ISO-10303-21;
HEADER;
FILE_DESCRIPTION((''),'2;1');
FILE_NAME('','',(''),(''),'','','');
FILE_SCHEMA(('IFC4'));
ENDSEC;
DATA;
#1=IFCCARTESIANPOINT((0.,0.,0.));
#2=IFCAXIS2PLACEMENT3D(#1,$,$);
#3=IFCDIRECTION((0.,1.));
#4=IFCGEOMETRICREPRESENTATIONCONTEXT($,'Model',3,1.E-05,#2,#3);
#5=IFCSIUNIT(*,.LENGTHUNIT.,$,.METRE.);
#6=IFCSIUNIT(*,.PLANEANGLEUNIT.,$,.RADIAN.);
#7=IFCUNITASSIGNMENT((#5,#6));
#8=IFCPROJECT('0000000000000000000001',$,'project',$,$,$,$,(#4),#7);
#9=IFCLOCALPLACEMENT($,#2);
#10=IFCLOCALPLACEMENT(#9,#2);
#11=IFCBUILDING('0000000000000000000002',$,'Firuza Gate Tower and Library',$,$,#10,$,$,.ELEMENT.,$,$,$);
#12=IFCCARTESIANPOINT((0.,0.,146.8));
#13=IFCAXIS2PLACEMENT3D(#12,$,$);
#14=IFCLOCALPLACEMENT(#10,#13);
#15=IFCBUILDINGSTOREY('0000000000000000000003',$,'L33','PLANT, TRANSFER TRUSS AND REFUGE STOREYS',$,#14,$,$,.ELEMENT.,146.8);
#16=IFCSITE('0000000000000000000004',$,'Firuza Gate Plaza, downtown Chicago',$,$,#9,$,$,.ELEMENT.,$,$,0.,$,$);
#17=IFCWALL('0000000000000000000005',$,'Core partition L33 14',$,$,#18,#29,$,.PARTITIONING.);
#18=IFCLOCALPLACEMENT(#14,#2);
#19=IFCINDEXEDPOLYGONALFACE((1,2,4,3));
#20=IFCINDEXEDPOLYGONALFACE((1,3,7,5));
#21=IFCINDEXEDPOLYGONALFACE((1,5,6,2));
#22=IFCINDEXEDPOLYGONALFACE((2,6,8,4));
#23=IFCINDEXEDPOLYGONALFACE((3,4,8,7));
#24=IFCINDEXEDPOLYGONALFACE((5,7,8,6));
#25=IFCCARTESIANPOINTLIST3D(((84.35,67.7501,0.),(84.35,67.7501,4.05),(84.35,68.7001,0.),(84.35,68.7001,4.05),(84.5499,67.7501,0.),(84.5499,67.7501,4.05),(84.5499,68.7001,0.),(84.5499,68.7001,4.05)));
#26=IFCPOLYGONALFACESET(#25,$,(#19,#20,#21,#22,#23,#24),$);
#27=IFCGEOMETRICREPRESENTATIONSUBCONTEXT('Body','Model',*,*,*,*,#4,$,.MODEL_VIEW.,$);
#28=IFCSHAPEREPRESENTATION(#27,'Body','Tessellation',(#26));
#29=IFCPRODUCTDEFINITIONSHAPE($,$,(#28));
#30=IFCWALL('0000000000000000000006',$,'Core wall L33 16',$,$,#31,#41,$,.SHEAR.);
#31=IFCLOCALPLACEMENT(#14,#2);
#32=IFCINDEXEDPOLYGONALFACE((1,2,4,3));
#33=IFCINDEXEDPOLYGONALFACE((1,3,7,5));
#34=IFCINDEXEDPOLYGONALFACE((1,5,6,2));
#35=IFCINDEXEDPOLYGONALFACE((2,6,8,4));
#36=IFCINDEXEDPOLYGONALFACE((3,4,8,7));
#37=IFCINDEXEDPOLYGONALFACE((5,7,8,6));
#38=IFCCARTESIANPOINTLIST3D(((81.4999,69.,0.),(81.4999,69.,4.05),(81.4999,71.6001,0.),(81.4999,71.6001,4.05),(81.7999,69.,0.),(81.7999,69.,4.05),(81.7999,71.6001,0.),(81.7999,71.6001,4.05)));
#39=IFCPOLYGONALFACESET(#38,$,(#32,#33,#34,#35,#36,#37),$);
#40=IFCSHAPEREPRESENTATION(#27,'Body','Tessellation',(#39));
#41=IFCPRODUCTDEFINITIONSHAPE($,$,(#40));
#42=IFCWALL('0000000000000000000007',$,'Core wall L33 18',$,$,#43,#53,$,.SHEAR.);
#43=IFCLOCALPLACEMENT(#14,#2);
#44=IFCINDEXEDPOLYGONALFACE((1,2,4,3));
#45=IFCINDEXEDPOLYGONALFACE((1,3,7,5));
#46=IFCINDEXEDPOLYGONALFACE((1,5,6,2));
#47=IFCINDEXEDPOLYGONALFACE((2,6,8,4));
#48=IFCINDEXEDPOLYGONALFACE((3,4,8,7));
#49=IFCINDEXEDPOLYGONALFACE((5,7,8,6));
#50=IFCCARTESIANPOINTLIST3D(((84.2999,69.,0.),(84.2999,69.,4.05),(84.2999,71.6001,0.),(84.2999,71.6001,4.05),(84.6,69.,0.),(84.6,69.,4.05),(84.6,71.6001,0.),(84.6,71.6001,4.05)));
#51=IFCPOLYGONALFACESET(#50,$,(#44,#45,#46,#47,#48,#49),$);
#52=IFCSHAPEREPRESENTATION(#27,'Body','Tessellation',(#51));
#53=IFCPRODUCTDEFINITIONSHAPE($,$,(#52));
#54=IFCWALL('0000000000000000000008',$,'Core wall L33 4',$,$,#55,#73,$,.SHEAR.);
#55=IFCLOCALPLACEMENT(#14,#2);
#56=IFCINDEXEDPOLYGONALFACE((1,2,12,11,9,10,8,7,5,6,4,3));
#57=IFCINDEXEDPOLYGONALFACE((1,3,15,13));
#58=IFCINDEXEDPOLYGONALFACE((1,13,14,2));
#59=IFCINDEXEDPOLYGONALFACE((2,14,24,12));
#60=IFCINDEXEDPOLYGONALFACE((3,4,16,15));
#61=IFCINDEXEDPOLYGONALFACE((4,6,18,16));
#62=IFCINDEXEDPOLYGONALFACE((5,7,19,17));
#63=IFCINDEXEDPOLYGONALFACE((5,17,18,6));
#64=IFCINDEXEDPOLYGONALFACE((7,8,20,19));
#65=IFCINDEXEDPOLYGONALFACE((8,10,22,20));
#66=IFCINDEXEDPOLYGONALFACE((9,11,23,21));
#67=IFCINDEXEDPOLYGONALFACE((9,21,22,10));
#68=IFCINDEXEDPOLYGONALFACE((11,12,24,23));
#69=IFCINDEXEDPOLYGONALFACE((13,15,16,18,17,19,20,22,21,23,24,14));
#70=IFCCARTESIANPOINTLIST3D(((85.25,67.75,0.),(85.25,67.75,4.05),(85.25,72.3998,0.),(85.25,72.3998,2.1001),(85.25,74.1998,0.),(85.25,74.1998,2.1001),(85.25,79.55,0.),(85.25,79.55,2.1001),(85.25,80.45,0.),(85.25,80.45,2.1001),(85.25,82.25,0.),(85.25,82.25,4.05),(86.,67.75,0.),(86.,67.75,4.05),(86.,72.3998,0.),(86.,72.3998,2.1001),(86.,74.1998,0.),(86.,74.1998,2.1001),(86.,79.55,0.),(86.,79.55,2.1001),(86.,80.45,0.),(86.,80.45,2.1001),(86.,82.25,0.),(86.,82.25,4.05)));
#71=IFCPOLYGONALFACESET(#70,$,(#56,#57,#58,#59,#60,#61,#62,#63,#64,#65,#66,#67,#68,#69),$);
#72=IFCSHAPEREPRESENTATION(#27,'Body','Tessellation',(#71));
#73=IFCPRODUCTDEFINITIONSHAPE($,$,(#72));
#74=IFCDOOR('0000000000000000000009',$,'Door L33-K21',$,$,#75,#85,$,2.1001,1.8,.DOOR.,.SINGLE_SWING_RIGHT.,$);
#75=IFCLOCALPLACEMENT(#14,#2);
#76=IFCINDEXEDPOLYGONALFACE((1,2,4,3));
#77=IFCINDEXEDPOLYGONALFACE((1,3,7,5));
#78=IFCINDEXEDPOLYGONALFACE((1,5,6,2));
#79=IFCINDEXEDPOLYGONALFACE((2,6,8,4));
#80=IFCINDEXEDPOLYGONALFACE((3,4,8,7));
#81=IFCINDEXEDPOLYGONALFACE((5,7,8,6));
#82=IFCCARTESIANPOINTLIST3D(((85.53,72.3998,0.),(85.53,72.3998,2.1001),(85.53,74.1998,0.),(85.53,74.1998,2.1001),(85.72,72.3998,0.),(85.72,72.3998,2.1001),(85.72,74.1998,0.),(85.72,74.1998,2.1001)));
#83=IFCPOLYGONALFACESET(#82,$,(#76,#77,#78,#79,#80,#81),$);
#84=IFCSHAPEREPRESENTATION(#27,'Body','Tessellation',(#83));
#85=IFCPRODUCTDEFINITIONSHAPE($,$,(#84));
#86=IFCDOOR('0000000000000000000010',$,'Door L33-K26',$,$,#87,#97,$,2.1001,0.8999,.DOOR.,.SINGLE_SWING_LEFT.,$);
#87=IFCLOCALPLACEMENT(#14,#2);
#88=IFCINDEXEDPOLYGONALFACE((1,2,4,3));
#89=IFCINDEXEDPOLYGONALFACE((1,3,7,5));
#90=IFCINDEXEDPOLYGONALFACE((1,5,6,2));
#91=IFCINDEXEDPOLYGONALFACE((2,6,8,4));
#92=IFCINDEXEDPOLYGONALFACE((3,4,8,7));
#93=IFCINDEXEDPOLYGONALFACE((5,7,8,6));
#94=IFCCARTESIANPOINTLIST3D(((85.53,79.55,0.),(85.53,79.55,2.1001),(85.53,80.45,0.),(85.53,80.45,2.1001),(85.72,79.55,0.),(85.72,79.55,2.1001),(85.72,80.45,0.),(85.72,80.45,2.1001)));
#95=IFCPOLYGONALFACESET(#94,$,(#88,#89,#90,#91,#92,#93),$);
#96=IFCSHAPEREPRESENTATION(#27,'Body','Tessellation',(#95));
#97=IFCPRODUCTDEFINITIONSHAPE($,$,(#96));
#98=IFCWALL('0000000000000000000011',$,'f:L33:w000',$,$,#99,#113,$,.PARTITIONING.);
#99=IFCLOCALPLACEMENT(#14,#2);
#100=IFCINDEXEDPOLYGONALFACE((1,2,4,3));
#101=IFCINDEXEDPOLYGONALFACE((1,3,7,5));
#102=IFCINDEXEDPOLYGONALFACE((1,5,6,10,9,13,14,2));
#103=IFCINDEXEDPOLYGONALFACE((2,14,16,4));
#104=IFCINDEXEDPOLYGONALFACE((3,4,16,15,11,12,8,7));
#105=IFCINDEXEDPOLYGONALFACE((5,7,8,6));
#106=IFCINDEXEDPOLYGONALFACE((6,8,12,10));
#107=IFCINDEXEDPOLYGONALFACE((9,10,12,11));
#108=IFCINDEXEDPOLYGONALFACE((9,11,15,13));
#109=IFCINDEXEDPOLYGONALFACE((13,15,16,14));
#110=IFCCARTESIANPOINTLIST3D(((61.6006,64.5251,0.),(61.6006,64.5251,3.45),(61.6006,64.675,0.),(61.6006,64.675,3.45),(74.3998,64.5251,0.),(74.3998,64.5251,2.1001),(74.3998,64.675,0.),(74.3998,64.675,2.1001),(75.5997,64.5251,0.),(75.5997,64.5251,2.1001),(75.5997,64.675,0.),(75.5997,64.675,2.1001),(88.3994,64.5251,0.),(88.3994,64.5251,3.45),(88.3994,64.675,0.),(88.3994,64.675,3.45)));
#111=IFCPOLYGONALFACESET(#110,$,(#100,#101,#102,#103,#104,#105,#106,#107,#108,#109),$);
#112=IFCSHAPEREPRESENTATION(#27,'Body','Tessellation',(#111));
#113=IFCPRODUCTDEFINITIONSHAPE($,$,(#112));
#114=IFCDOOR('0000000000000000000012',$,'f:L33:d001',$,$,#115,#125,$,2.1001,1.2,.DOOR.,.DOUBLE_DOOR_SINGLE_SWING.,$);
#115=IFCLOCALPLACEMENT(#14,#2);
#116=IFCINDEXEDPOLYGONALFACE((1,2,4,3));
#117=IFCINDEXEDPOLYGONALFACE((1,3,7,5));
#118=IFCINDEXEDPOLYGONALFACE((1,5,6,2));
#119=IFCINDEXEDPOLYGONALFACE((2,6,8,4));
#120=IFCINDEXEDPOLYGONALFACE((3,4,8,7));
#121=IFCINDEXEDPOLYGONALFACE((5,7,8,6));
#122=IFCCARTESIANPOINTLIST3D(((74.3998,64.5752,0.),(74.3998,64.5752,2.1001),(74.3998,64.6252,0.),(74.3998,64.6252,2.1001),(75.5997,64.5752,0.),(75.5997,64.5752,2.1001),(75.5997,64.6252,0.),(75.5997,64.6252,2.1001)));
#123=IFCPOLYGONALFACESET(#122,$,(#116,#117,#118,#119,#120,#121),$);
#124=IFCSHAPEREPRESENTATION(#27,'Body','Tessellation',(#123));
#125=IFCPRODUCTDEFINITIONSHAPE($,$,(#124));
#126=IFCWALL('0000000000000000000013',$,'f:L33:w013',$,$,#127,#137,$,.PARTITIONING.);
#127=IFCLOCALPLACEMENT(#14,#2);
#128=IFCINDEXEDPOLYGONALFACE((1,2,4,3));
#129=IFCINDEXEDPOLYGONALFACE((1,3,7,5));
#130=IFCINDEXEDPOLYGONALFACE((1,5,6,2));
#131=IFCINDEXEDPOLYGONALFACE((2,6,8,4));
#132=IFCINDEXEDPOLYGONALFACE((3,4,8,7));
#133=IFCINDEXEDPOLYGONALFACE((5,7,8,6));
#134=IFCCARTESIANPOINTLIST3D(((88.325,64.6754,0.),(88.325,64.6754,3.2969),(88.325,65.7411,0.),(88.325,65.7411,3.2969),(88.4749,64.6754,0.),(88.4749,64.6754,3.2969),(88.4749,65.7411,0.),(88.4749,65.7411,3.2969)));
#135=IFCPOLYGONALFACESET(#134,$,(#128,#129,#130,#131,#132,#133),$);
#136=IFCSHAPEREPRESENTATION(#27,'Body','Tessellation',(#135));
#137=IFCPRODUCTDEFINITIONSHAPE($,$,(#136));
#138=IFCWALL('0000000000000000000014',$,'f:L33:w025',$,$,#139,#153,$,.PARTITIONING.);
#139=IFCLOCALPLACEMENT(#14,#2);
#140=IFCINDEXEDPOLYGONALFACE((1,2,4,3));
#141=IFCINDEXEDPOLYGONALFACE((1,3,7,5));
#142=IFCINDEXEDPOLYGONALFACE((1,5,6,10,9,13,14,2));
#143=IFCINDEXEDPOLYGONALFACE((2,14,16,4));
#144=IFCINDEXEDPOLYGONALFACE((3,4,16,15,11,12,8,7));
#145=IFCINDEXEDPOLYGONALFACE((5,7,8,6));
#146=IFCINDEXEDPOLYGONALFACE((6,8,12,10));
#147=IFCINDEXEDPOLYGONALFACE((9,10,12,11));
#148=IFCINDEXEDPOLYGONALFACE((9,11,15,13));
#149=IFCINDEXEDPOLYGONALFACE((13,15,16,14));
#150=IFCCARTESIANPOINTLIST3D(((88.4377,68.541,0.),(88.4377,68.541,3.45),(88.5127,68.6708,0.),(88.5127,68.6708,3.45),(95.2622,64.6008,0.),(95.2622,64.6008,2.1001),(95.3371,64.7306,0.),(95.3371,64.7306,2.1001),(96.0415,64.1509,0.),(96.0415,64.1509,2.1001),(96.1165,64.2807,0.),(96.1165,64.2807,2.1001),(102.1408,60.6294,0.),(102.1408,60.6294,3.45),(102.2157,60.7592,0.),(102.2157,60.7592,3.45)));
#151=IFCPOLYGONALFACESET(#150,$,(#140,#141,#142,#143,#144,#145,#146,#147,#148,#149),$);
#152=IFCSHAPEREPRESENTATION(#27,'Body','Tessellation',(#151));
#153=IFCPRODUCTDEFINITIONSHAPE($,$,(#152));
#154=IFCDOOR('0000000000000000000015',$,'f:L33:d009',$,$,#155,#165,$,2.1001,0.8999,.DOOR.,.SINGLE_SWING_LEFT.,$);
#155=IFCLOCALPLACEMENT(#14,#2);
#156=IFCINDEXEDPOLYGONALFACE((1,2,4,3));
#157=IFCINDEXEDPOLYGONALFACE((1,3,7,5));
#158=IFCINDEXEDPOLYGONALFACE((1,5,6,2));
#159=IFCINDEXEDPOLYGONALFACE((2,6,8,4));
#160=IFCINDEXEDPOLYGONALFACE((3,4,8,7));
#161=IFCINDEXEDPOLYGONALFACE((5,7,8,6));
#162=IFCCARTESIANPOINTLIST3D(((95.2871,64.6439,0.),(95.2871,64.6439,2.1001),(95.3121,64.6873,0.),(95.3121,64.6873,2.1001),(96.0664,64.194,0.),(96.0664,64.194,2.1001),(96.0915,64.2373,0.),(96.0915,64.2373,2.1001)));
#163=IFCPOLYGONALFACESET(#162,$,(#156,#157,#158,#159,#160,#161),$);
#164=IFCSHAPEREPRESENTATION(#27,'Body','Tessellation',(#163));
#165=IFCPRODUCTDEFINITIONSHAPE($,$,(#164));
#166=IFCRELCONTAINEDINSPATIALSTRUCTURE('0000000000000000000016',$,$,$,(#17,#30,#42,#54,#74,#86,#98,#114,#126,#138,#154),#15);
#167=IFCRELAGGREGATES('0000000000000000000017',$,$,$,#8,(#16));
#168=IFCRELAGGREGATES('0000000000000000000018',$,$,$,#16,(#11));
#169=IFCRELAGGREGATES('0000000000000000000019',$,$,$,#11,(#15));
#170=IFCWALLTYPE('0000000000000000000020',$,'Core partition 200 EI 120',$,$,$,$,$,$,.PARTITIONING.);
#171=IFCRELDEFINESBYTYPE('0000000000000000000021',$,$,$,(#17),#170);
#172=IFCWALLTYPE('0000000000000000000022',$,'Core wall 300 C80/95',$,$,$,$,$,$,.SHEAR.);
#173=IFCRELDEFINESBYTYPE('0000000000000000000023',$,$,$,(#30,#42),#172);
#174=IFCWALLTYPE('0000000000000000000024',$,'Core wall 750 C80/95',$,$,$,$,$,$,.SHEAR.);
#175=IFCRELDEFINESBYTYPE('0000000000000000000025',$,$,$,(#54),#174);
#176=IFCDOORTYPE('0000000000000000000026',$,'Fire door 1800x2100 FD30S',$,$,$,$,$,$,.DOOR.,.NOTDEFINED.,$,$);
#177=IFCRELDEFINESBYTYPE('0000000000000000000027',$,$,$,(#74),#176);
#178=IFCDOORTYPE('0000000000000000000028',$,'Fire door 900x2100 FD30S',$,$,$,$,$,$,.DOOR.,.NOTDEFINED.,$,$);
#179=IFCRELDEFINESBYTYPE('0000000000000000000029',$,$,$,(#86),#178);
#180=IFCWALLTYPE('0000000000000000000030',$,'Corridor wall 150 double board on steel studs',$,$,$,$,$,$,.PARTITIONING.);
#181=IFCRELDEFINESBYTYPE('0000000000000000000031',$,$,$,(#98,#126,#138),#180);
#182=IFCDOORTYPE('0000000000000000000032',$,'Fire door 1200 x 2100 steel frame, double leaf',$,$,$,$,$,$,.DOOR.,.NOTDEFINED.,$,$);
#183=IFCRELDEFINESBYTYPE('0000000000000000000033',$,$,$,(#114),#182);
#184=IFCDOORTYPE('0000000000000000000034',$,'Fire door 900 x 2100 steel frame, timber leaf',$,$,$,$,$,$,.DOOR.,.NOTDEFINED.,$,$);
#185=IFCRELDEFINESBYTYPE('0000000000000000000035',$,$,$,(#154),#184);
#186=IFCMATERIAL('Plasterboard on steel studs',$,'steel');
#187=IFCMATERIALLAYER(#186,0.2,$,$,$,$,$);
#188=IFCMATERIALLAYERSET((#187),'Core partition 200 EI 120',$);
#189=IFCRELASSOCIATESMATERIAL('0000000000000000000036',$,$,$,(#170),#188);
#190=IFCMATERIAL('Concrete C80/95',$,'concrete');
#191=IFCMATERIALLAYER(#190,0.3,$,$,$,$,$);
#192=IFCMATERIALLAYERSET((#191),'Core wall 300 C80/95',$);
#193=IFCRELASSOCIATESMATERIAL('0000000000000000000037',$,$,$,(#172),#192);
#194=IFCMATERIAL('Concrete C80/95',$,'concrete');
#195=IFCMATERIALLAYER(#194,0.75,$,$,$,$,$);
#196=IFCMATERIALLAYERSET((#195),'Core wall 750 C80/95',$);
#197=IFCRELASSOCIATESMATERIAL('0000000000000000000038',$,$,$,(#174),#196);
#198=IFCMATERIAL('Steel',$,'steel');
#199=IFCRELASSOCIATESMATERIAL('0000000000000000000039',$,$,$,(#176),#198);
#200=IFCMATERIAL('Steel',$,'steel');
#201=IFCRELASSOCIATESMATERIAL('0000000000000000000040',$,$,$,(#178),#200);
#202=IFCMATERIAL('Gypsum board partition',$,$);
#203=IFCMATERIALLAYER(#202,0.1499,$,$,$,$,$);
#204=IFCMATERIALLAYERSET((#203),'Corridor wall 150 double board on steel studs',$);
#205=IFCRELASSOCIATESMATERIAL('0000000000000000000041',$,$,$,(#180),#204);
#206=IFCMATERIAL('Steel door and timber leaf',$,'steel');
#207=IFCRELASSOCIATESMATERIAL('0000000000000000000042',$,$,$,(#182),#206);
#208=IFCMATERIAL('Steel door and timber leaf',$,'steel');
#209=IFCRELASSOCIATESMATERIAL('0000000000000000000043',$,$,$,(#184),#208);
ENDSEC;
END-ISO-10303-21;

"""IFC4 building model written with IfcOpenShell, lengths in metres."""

from ifc_helpers import new_model, si_unit, direction, frame, frame_2d, origin, place, context, subcontext, project, spatial, rectangle, extrude, material, layer, layer_set, type_object, element, fill, save


model = new_model("IFC4")

# Units and contexts
model_context = context("Model", 3, precision=1e-05, world=origin(), true_north=direction((0.0, 1.0)))
body_context = subcontext(model_context, "Body", "Model", "MODEL_VIEW")
ifc_project = project(units=[si_unit("LENGTHUNIT", "METRE"), si_unit("PLANEANGLEUNIT", "RADIAN")], contexts=[model_context])

# Site, building, storey
site_placement = place(None, origin())
site = spatial("IfcSite", under=ifc_project, at=site_placement, Name="Firuza Gate Plaza, downtown Chicago", CompositionType="ELEMENT", RefElevation=0.0)
building_placement = place(site_placement, origin())
building = spatial("IfcBuilding", under=site, at=building_placement, Name="Firuza Gate Tower and Library", CompositionType="ELEMENT")
storey_placement = place(building_placement, frame((0.0, 0.0, 146.8)))
storey = spatial("IfcBuildingStorey", under=building, at=storey_placement, Name="L33", Description="PLANT, TRANSFER TRUSS AND REFUGE STOREYS", CompositionType="ELEMENT", Elevation=146.8)

# Walls
ifc_material_1 = material(Name="Plasterboard on steel studs", Category="steel")
ifc_layer_1 = layer(ifc_material_1, 0.2)
ifc_layer_set_1 = layer_set([ifc_layer_1], Name="Core partition 200 EI 120")
wall_type_1 = type_object("IfcWallType", Name="Core partition 200 EI 120", PredefinedType="PARTITIONING", material=ifc_layer_set_1)
wall_1_placement = place(storey_placement, frame((84.45, 67.75, 0.0), z_axis=(0.0, 0.0, 1.0), x_axis=(0.0, 1.0, 0.0)))
element("IfcWall", 1, at=wall_1_placement, inside=storey, type_object=wall_type_1, Name="Core partition L33 14", PredefinedType="PARTITIONING", context=body_context, shape_type="SweptSolid", body=[
    extrude(rectangle(XDim=0.95, YDim=0.2, at=frame_2d((0.4751, 0.0))), origin(), (0.0, 0.0, 1.0), 4.05),
])
ifc_material_2 = material(Name="Concrete C80/95", Category="concrete")
ifc_layer_2 = layer(ifc_material_2, 0.3)
ifc_layer_set_2 = layer_set([ifc_layer_2], Name="Core wall 300 C80/95")
wall_type_2 = type_object("IfcWallType", Name="Core wall 300 C80/95", PredefinedType="SHEAR", material=ifc_layer_set_2)
for number, where, z_axis, x_axis, name in (
    (2, (81.6499, 69.0, 0.0), (0.0, 0.0, 1.0), (0.0, 1.0, 0.0), "Core wall L33 16"),
    (3, (84.45, 69.0, 0.0), (0.0, 0.0, 1.0), (0.0, 1.0, 0.0), "Core wall L33 18"),
):
    element("IfcWall", number, at=place(storey_placement, frame(where, z_axis=z_axis, x_axis=x_axis)), inside=storey, type_object=wall_type_2, Name=name, PredefinedType="SHEAR", context=body_context, shape_type="SweptSolid", body=[
        extrude(rectangle(XDim=2.6001, YDim=0.3, at=frame_2d((1.3, 0.0))), origin(), (0.0, 0.0, 1.0), 4.05),
    ])

# Wall, openings, doors
ifc_material_3 = material(Name="Concrete C80/95", Category="concrete")
ifc_layer_3 = layer(ifc_material_3, 0.75)
ifc_layer_set_3 = layer_set([ifc_layer_3], Name="Core wall 750 C80/95")
wall_type_3 = type_object("IfcWallType", Name="Core wall 750 C80/95", PredefinedType="SHEAR", material=ifc_layer_set_3)
wall_2_placement = place(storey_placement, frame((85.625, 67.75, 0.0), z_axis=(0.0, 0.0, 1.0), x_axis=(0.0, 1.0, 0.0)))
wall_2 = element("IfcWall", 4, at=wall_2_placement, inside=storey, type_object=wall_type_3, Name="Core wall L33 4", PredefinedType="SHEAR", context=body_context, shape_type="SweptSolid", body=[
    extrude(rectangle(XDim=14.5, YDim=0.75, at=frame_2d((7.25, 0.0))), origin(), (0.0, 0.0, 1.0), 4.05),
])
opening_1_placement = place(wall_2_placement, frame((4.6499, 0.0, 0.0)))
opening_1 = element("IfcOpeningElement", 5, at=opening_1_placement, cuts=wall_2, PredefinedType="OPENING", context=body_context, shape_type="SweptSolid", body=[
    extrude(rectangle(XDim=1.8, YDim=2.1001, at=frame_2d((0.8999, 1.05))), frame((0.0, 0.385, 0.0), z_axis=(0.0, -1.0, 0.0), x_axis=(1.0, 0.0, 0.0)), (0.0, 0.0, 1.0), 0.77),
])
opening_2_placement = place(wall_2_placement, frame((11.8, 0.0, 0.0)))
opening_2 = element("IfcOpeningElement", 6, at=opening_2_placement, cuts=wall_2, PredefinedType="OPENING", context=body_context, shape_type="SweptSolid", body=[
    extrude(rectangle(XDim=0.8999, YDim=2.1001, at=frame_2d((0.45, 1.05))), frame((0.0, 0.385, 0.0), z_axis=(0.0, -1.0, 0.0), x_axis=(1.0, 0.0, 0.0)), (0.0, 0.0, 1.0), 0.77),
])
ifc_material_4 = material(Name="Steel", Category="steel")
door_type_1 = type_object("IfcDoorType", Name="Fire door 1800x2100 FD30S", OperationType="NOTDEFINED", PredefinedType="DOOR", material=ifc_material_4)
door_1_placement = place(opening_1_placement, origin())
door_1 = element("IfcDoor", 7, at=door_1_placement, inside=storey, type_object=door_type_1, Name="Door L33-K21", OperationType="SINGLE_SWING_RIGHT", OverallHeight=2.1001, OverallWidth=1.8, PredefinedType="DOOR", context=body_context, shape_type="SweptSolid", body=[
    extrude(rectangle(XDim=1.8, YDim=2.1001, at=frame_2d((0.8999, 1.05))), frame((0.0, 0.095, 0.0), z_axis=(0.0, -1.0, 0.0), x_axis=(1.0, 0.0, 0.0)), (0.0, 0.0, 1.0), 0.1899),
])
fill(opening_1, door_1)
ifc_material_5 = material(Name="Steel", Category="steel")
door_type_2 = type_object("IfcDoorType", Name="Fire door 900x2100 FD30S", OperationType="NOTDEFINED", PredefinedType="DOOR", material=ifc_material_5)
door_2_placement = place(opening_2_placement, origin())
door_2 = element("IfcDoor", 8, at=door_2_placement, inside=storey, type_object=door_type_2, Name="Door L33-K26", OperationType="SINGLE_SWING_LEFT", OverallHeight=2.1001, OverallWidth=0.8999, PredefinedType="DOOR", context=body_context, shape_type="SweptSolid", body=[
    extrude(rectangle(XDim=0.8999, YDim=2.1001, at=frame_2d((0.45, 1.05))), frame((0.0, 0.095, 0.0), z_axis=(0.0, -1.0, 0.0), x_axis=(1.0, 0.0, 0.0)), (0.0, 0.0, 1.0), 0.1899),
])
fill(opening_2, door_2)

# Wall, opening, door
ifc_material_6 = material(Name="Gypsum board partition")
ifc_layer_4 = layer(ifc_material_6, 0.1499)
ifc_layer_set_4 = layer_set([ifc_layer_4], Name="Corridor wall 150 double board on steel studs")
wall_type_4 = type_object("IfcWallType", Name="Corridor wall 150 double board on steel studs", PredefinedType="PARTITIONING", material=ifc_layer_set_4)
wall_3_placement = place(storey_placement, frame((88.3994, 64.6001, 0.0), z_axis=(0.0, 0.0, 1.0), x_axis=(-1.0, 0.0, 0.0)))
wall_3 = element("IfcWall", 9, at=wall_3_placement, inside=storey, type_object=wall_type_4, Name="f:L33:w000", PredefinedType="PARTITIONING", context=body_context, shape_type="SweptSolid", body=[
    extrude(rectangle(XDim=26.7988, YDim=0.1499, at=frame_2d((13.3994, 0.0))), origin(), (0.0, 0.0, 1.0), 3.45),
])
opening_3_placement = place(wall_3_placement, frame((12.7996, 0.0, 0.0)))
opening_3 = element("IfcOpeningElement", 10, at=opening_3_placement, cuts=wall_3, PredefinedType="OPENING", context=body_context, shape_type="SweptSolid", body=[
    extrude(rectangle(XDim=1.2, YDim=2.1001, at=frame_2d((0.6001, 1.05))), frame((0.0, 0.085, 0.0), z_axis=(0.0, -1.0, 0.0), x_axis=(1.0, 0.0, 0.0)), (0.0, 0.0, 1.0), 0.1699),
])
ifc_material_7 = material(Name="Steel door and timber leaf", Category="steel")
door_type_3 = type_object("IfcDoorType", Name="Fire door 1200 x 2100 steel frame, double leaf", OperationType="NOTDEFINED", PredefinedType="DOOR", material=ifc_material_7)
door_3_placement = place(opening_3_placement, origin())
door_3 = element("IfcDoor", 11, at=door_3_placement, inside=storey, type_object=door_type_3, Name="f:L33:d001", OperationType="DOUBLE_DOOR_SINGLE_SWING", OverallHeight=2.1001, OverallWidth=1.2, PredefinedType="DOOR", context=body_context, shape_type="SweptSolid", body=[
    extrude(rectangle(XDim=1.2, YDim=2.1001, at=frame_2d((0.6001, 1.05))), frame((0.0, 0.0249, 0.0), z_axis=(0.0, -1.0, 0.0), x_axis=(1.0, 0.0, 0.0)), (0.0, 0.0, 1.0), 0.05),
])
fill(opening_3, door_3)

# Wall
wall_4_placement = place(storey_placement, frame((88.3999, 64.6755, 0.0), z_axis=(0.0, 0.0, 1.0), x_axis=(0.0, 1.0, 0.0)))
element("IfcWall", 12, at=wall_4_placement, inside=storey, type_object=wall_type_4, Name="f:L33:w013", PredefinedType="PARTITIONING", context=body_context, shape_type="SweptSolid", body=[
    extrude(rectangle(XDim=1.0657, YDim=0.1499, at=frame_2d((0.5327, 0.0))), origin(), (0.0, 0.0, 1.0), 3.2969),
])

# Wall, opening, door
wall_5_placement = place(storey_placement, frame((88.4751, 68.606, 0.0), z_axis=(0.0, 0.0, 1.0), x_axis=(0.866022, -0.500006, 0.0)))
wall_5 = element("IfcWall", 13, at=wall_5_placement, inside=storey, type_object=wall_type_4, Name="f:L33:w025", PredefinedType="PARTITIONING", context=body_context, shape_type="SweptSolid", body=[
    extrude(rectangle(XDim=15.823, YDim=0.1499, at=frame_2d((7.9116, 0.0))), origin(), (0.0, 0.0, 1.0), 3.45),
])
opening_4_placement = place(wall_5_placement, frame((7.8804, 0.0, 0.0)))
opening_4 = element("IfcOpeningElement", 14, at=opening_4_placement, cuts=wall_5, PredefinedType="OPENING", context=body_context, shape_type="SweptSolid", body=[
    extrude(rectangle(XDim=0.8999, YDim=2.1001, at=frame_2d((0.45, 1.05))), frame((0.0, 0.085, 0.0), z_axis=(0.0, -1.0, 0.0), x_axis=(1.0, 0.0, 0.0)), (0.0, 0.0, 1.0), 0.1699),
])
ifc_material_8 = material(Name="Steel door and timber leaf", Category="steel")
door_type_4 = type_object("IfcDoorType", Name="Fire door 900 x 2100 steel frame, timber leaf", OperationType="NOTDEFINED", PredefinedType="DOOR", material=ifc_material_8)
door_4_placement = place(opening_4_placement, origin())
door_4 = element("IfcDoor", 15, at=door_4_placement, inside=storey, type_object=door_type_4, Name="f:L33:d009", OperationType="SINGLE_SWING_LEFT", OverallHeight=2.1001, OverallWidth=0.8999, PredefinedType="DOOR", context=body_context, shape_type="SweptSolid", body=[
    extrude(rectangle(XDim=0.8999, YDim=2.1001, at=frame_2d((0.45, 1.05))), frame((0.0, 0.0249, 0.0), z_axis=(0.0, -1.0, 0.0), x_axis=(1.0, 0.0, 0.0)), (0.0, 0.0, 1.0), 0.05),
])
fill(opening_4, door_4)

save(model, "model.ifc")
